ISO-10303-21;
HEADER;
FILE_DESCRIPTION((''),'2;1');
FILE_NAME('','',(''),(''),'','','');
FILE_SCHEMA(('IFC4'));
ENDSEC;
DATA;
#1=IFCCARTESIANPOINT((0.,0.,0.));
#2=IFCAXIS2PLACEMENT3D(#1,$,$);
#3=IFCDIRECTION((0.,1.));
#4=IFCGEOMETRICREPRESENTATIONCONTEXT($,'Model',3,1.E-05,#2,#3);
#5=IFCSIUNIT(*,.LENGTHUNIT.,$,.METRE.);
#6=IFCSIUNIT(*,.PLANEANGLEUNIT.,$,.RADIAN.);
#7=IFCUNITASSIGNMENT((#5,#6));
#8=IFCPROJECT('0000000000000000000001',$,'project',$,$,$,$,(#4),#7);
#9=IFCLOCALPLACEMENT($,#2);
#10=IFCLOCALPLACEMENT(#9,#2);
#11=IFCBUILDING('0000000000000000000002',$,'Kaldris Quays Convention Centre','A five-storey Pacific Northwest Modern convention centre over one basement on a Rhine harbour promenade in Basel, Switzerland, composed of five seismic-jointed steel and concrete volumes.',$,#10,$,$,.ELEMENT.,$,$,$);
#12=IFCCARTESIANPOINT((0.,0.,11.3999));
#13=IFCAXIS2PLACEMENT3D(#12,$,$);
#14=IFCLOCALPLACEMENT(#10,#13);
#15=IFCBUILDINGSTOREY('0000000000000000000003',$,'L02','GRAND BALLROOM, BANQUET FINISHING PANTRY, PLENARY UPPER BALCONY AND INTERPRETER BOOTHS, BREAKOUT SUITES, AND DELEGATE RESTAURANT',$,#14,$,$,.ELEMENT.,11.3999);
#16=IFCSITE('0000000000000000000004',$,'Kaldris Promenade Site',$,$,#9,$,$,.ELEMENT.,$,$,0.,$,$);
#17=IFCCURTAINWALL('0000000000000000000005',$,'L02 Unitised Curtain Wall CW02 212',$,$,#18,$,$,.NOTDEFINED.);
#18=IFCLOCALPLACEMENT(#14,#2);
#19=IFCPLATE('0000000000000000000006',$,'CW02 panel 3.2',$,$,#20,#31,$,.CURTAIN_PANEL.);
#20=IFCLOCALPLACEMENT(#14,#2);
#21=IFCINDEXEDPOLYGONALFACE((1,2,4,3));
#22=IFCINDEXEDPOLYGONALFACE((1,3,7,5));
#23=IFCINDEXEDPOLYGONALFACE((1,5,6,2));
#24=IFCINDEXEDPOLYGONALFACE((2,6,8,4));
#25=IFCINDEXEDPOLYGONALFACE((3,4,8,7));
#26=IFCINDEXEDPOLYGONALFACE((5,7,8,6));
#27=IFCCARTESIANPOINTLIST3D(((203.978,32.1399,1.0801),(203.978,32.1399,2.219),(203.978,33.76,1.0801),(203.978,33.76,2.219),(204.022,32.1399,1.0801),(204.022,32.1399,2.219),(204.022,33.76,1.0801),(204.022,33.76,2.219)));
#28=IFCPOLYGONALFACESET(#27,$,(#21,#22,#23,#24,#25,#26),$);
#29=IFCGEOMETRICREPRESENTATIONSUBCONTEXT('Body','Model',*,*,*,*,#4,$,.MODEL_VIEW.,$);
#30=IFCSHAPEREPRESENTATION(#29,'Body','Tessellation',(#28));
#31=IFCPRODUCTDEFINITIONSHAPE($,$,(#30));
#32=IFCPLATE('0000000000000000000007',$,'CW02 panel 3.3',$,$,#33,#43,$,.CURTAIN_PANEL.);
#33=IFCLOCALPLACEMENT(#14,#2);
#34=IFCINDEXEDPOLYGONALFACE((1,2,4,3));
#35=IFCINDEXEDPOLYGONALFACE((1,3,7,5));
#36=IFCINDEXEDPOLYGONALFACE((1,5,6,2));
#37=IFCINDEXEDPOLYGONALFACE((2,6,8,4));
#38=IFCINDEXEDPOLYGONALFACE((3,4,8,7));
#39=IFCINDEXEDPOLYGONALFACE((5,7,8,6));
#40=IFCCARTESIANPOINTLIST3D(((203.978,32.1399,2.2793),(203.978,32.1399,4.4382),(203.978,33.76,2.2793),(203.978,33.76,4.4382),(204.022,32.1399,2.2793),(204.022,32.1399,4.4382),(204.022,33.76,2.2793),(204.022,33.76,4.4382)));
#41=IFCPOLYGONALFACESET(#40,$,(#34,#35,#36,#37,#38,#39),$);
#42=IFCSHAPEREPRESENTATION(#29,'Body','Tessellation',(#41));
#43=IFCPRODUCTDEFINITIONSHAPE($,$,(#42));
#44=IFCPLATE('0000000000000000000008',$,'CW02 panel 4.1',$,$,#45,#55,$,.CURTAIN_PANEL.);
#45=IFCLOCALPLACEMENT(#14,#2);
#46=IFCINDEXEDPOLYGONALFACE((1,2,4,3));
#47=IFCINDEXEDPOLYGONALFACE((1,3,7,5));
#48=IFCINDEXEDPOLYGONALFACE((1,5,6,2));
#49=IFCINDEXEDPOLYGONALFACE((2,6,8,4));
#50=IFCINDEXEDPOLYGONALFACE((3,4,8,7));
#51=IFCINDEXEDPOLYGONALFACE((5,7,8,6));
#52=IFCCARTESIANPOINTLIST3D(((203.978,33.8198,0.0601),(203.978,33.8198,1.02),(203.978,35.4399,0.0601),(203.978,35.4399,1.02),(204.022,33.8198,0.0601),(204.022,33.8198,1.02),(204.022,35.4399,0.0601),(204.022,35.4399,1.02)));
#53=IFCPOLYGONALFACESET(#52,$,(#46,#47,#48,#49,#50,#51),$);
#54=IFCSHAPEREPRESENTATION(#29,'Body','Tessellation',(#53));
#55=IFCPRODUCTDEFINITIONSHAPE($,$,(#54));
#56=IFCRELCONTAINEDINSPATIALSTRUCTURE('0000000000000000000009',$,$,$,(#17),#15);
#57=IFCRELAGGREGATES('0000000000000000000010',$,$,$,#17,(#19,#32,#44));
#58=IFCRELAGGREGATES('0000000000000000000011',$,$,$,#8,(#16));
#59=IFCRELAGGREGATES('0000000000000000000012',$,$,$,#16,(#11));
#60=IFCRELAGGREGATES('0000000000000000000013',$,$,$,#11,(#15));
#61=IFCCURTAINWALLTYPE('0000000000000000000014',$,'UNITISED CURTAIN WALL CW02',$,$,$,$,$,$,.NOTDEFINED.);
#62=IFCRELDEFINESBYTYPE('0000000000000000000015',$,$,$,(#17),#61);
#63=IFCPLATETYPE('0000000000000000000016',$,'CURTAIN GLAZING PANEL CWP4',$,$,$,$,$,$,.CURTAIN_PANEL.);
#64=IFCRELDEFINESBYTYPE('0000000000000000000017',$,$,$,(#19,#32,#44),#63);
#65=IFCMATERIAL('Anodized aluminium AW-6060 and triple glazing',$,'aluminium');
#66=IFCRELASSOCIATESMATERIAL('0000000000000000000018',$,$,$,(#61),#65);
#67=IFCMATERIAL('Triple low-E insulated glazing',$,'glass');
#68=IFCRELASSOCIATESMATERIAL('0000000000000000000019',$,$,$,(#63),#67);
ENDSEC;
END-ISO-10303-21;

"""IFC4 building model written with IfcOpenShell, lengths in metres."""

from ifc_helpers import new_model, si_unit, direction, frame, origin, origin_2d, place, context, subcontext, project, spatial, rectangle, extrude, material, type_object, element, aggregate, save


model = new_model("IFC4")

# Units and contexts
model_context = context("Model", 3, precision=1e-05, world=origin(), true_north=direction((0.0, 1.0)))
body_context = subcontext(model_context, "Body", "Model", "MODEL_VIEW")
ifc_project = project(units=[si_unit("LENGTHUNIT", "METRE"), si_unit("PLANEANGLEUNIT", "RADIAN")], contexts=[model_context])

# Site, building, storey
site_placement = place(None, origin())
site = spatial("IfcSite", under=ifc_project, at=site_placement, Name="Kaldris Promenade Site", CompositionType="ELEMENT", RefElevation=0.0)
building_placement = place(site_placement, origin())
building = spatial("IfcBuilding", under=site, at=building_placement, Name="Kaldris Quays Convention Centre", Description="A five-storey Pacific Northwest Modern convention centre over one basement on a Rhine harbour promenade in Basel, Switzerland, composed of five seismic-jointed steel and concrete volumes.", CompositionType="ELEMENT")
storey_placement = place(building_placement, frame((0.0, 0.0, 11.3999)))
storey = spatial("IfcBuildingStorey", under=building, at=storey_placement, Name="L02", Description="GRAND BALLROOM, BANQUET FINISHING PANTRY, PLENARY UPPER BALCONY AND INTERPRETER BOOTHS, BREAKOUT SUITES, AND DELEGATE RESTAURANT", CompositionType="ELEMENT", Elevation=11.3999)

# Shared definitions
ifc_material_1 = material(Name="Anodized aluminium AW-6060 and triple glazing", Category="aluminium")
curtain_wall_type = type_object("IfcCurtainWallType", Name="UNITISED CURTAIN WALL CW02", PredefinedType="NOTDEFINED", material=ifc_material_1)

# Curtain wall
curtain_wall_1_placement = place(storey_placement, origin())
curtain_wall_1 = element("IfcCurtainWall", 1, at=curtain_wall_1_placement, inside=storey, type_object=curtain_wall_type, Name="L02 Unitised Curtain Wall CW02 212", PredefinedType="NOTDEFINED")

# Plates
ifc_material_2 = material(Name="Triple low-E insulated glazing", Category="glass")
plate_type_1 = type_object("IfcPlateType", Name="CURTAIN GLAZING PANEL CWP4", PredefinedType="CURTAIN_PANEL", material=ifc_material_2)
plate_1_placement = place(storey_placement, frame((204.0, 32.95, 1.0801), z_axis=(0.0, 0.0, 1.0), x_axis=(0.0, 1.0, 0.0)))
plate_1 = element("IfcPlate", 2, at=plate_1_placement, type_object=plate_type_1, Name="CW02 panel 3.2", PredefinedType="CURTAIN_PANEL", context=body_context, shape_type="SweptSolid", body=[
    extrude(rectangle(XDim=1.6201, YDim=0.0439, at=origin_2d()), origin(), (0.0, 0.0, 1.0), 1.1389),
])
plate_2_placement = place(storey_placement, frame((204.0, 32.95, 2.2793), z_axis=(0.0, 0.0, 1.0), x_axis=(0.0, 1.0, 0.0)))
plate_2 = element("IfcPlate", 3, at=plate_2_placement, type_object=plate_type_1, Name="CW02 panel 3.3", PredefinedType="CURTAIN_PANEL", context=body_context, shape_type="SweptSolid", body=[
    extrude(rectangle(XDim=1.6201, YDim=0.0439, at=origin_2d()), origin(), (0.0, 0.0, 1.0), 2.1589),
])
plate_3_placement = place(storey_placement, frame((204.0, 34.6299, 0.0601), z_axis=(0.0, 0.0, 1.0), x_axis=(0.0, 1.0, 0.0)))
plate_3 = element("IfcPlate", 4, at=plate_3_placement, type_object=plate_type_1, Name="CW02 panel 4.1", PredefinedType="CURTAIN_PANEL", context=body_context, shape_type="SweptSolid", body=[
    extrude(rectangle(XDim=1.6201, YDim=0.0439, at=origin_2d()), origin(), (0.0, 0.0, 1.0), 0.96),
])
aggregate(curtain_wall_1, [plate_1, plate_2, plate_3])

save(model, "model.ifc")
